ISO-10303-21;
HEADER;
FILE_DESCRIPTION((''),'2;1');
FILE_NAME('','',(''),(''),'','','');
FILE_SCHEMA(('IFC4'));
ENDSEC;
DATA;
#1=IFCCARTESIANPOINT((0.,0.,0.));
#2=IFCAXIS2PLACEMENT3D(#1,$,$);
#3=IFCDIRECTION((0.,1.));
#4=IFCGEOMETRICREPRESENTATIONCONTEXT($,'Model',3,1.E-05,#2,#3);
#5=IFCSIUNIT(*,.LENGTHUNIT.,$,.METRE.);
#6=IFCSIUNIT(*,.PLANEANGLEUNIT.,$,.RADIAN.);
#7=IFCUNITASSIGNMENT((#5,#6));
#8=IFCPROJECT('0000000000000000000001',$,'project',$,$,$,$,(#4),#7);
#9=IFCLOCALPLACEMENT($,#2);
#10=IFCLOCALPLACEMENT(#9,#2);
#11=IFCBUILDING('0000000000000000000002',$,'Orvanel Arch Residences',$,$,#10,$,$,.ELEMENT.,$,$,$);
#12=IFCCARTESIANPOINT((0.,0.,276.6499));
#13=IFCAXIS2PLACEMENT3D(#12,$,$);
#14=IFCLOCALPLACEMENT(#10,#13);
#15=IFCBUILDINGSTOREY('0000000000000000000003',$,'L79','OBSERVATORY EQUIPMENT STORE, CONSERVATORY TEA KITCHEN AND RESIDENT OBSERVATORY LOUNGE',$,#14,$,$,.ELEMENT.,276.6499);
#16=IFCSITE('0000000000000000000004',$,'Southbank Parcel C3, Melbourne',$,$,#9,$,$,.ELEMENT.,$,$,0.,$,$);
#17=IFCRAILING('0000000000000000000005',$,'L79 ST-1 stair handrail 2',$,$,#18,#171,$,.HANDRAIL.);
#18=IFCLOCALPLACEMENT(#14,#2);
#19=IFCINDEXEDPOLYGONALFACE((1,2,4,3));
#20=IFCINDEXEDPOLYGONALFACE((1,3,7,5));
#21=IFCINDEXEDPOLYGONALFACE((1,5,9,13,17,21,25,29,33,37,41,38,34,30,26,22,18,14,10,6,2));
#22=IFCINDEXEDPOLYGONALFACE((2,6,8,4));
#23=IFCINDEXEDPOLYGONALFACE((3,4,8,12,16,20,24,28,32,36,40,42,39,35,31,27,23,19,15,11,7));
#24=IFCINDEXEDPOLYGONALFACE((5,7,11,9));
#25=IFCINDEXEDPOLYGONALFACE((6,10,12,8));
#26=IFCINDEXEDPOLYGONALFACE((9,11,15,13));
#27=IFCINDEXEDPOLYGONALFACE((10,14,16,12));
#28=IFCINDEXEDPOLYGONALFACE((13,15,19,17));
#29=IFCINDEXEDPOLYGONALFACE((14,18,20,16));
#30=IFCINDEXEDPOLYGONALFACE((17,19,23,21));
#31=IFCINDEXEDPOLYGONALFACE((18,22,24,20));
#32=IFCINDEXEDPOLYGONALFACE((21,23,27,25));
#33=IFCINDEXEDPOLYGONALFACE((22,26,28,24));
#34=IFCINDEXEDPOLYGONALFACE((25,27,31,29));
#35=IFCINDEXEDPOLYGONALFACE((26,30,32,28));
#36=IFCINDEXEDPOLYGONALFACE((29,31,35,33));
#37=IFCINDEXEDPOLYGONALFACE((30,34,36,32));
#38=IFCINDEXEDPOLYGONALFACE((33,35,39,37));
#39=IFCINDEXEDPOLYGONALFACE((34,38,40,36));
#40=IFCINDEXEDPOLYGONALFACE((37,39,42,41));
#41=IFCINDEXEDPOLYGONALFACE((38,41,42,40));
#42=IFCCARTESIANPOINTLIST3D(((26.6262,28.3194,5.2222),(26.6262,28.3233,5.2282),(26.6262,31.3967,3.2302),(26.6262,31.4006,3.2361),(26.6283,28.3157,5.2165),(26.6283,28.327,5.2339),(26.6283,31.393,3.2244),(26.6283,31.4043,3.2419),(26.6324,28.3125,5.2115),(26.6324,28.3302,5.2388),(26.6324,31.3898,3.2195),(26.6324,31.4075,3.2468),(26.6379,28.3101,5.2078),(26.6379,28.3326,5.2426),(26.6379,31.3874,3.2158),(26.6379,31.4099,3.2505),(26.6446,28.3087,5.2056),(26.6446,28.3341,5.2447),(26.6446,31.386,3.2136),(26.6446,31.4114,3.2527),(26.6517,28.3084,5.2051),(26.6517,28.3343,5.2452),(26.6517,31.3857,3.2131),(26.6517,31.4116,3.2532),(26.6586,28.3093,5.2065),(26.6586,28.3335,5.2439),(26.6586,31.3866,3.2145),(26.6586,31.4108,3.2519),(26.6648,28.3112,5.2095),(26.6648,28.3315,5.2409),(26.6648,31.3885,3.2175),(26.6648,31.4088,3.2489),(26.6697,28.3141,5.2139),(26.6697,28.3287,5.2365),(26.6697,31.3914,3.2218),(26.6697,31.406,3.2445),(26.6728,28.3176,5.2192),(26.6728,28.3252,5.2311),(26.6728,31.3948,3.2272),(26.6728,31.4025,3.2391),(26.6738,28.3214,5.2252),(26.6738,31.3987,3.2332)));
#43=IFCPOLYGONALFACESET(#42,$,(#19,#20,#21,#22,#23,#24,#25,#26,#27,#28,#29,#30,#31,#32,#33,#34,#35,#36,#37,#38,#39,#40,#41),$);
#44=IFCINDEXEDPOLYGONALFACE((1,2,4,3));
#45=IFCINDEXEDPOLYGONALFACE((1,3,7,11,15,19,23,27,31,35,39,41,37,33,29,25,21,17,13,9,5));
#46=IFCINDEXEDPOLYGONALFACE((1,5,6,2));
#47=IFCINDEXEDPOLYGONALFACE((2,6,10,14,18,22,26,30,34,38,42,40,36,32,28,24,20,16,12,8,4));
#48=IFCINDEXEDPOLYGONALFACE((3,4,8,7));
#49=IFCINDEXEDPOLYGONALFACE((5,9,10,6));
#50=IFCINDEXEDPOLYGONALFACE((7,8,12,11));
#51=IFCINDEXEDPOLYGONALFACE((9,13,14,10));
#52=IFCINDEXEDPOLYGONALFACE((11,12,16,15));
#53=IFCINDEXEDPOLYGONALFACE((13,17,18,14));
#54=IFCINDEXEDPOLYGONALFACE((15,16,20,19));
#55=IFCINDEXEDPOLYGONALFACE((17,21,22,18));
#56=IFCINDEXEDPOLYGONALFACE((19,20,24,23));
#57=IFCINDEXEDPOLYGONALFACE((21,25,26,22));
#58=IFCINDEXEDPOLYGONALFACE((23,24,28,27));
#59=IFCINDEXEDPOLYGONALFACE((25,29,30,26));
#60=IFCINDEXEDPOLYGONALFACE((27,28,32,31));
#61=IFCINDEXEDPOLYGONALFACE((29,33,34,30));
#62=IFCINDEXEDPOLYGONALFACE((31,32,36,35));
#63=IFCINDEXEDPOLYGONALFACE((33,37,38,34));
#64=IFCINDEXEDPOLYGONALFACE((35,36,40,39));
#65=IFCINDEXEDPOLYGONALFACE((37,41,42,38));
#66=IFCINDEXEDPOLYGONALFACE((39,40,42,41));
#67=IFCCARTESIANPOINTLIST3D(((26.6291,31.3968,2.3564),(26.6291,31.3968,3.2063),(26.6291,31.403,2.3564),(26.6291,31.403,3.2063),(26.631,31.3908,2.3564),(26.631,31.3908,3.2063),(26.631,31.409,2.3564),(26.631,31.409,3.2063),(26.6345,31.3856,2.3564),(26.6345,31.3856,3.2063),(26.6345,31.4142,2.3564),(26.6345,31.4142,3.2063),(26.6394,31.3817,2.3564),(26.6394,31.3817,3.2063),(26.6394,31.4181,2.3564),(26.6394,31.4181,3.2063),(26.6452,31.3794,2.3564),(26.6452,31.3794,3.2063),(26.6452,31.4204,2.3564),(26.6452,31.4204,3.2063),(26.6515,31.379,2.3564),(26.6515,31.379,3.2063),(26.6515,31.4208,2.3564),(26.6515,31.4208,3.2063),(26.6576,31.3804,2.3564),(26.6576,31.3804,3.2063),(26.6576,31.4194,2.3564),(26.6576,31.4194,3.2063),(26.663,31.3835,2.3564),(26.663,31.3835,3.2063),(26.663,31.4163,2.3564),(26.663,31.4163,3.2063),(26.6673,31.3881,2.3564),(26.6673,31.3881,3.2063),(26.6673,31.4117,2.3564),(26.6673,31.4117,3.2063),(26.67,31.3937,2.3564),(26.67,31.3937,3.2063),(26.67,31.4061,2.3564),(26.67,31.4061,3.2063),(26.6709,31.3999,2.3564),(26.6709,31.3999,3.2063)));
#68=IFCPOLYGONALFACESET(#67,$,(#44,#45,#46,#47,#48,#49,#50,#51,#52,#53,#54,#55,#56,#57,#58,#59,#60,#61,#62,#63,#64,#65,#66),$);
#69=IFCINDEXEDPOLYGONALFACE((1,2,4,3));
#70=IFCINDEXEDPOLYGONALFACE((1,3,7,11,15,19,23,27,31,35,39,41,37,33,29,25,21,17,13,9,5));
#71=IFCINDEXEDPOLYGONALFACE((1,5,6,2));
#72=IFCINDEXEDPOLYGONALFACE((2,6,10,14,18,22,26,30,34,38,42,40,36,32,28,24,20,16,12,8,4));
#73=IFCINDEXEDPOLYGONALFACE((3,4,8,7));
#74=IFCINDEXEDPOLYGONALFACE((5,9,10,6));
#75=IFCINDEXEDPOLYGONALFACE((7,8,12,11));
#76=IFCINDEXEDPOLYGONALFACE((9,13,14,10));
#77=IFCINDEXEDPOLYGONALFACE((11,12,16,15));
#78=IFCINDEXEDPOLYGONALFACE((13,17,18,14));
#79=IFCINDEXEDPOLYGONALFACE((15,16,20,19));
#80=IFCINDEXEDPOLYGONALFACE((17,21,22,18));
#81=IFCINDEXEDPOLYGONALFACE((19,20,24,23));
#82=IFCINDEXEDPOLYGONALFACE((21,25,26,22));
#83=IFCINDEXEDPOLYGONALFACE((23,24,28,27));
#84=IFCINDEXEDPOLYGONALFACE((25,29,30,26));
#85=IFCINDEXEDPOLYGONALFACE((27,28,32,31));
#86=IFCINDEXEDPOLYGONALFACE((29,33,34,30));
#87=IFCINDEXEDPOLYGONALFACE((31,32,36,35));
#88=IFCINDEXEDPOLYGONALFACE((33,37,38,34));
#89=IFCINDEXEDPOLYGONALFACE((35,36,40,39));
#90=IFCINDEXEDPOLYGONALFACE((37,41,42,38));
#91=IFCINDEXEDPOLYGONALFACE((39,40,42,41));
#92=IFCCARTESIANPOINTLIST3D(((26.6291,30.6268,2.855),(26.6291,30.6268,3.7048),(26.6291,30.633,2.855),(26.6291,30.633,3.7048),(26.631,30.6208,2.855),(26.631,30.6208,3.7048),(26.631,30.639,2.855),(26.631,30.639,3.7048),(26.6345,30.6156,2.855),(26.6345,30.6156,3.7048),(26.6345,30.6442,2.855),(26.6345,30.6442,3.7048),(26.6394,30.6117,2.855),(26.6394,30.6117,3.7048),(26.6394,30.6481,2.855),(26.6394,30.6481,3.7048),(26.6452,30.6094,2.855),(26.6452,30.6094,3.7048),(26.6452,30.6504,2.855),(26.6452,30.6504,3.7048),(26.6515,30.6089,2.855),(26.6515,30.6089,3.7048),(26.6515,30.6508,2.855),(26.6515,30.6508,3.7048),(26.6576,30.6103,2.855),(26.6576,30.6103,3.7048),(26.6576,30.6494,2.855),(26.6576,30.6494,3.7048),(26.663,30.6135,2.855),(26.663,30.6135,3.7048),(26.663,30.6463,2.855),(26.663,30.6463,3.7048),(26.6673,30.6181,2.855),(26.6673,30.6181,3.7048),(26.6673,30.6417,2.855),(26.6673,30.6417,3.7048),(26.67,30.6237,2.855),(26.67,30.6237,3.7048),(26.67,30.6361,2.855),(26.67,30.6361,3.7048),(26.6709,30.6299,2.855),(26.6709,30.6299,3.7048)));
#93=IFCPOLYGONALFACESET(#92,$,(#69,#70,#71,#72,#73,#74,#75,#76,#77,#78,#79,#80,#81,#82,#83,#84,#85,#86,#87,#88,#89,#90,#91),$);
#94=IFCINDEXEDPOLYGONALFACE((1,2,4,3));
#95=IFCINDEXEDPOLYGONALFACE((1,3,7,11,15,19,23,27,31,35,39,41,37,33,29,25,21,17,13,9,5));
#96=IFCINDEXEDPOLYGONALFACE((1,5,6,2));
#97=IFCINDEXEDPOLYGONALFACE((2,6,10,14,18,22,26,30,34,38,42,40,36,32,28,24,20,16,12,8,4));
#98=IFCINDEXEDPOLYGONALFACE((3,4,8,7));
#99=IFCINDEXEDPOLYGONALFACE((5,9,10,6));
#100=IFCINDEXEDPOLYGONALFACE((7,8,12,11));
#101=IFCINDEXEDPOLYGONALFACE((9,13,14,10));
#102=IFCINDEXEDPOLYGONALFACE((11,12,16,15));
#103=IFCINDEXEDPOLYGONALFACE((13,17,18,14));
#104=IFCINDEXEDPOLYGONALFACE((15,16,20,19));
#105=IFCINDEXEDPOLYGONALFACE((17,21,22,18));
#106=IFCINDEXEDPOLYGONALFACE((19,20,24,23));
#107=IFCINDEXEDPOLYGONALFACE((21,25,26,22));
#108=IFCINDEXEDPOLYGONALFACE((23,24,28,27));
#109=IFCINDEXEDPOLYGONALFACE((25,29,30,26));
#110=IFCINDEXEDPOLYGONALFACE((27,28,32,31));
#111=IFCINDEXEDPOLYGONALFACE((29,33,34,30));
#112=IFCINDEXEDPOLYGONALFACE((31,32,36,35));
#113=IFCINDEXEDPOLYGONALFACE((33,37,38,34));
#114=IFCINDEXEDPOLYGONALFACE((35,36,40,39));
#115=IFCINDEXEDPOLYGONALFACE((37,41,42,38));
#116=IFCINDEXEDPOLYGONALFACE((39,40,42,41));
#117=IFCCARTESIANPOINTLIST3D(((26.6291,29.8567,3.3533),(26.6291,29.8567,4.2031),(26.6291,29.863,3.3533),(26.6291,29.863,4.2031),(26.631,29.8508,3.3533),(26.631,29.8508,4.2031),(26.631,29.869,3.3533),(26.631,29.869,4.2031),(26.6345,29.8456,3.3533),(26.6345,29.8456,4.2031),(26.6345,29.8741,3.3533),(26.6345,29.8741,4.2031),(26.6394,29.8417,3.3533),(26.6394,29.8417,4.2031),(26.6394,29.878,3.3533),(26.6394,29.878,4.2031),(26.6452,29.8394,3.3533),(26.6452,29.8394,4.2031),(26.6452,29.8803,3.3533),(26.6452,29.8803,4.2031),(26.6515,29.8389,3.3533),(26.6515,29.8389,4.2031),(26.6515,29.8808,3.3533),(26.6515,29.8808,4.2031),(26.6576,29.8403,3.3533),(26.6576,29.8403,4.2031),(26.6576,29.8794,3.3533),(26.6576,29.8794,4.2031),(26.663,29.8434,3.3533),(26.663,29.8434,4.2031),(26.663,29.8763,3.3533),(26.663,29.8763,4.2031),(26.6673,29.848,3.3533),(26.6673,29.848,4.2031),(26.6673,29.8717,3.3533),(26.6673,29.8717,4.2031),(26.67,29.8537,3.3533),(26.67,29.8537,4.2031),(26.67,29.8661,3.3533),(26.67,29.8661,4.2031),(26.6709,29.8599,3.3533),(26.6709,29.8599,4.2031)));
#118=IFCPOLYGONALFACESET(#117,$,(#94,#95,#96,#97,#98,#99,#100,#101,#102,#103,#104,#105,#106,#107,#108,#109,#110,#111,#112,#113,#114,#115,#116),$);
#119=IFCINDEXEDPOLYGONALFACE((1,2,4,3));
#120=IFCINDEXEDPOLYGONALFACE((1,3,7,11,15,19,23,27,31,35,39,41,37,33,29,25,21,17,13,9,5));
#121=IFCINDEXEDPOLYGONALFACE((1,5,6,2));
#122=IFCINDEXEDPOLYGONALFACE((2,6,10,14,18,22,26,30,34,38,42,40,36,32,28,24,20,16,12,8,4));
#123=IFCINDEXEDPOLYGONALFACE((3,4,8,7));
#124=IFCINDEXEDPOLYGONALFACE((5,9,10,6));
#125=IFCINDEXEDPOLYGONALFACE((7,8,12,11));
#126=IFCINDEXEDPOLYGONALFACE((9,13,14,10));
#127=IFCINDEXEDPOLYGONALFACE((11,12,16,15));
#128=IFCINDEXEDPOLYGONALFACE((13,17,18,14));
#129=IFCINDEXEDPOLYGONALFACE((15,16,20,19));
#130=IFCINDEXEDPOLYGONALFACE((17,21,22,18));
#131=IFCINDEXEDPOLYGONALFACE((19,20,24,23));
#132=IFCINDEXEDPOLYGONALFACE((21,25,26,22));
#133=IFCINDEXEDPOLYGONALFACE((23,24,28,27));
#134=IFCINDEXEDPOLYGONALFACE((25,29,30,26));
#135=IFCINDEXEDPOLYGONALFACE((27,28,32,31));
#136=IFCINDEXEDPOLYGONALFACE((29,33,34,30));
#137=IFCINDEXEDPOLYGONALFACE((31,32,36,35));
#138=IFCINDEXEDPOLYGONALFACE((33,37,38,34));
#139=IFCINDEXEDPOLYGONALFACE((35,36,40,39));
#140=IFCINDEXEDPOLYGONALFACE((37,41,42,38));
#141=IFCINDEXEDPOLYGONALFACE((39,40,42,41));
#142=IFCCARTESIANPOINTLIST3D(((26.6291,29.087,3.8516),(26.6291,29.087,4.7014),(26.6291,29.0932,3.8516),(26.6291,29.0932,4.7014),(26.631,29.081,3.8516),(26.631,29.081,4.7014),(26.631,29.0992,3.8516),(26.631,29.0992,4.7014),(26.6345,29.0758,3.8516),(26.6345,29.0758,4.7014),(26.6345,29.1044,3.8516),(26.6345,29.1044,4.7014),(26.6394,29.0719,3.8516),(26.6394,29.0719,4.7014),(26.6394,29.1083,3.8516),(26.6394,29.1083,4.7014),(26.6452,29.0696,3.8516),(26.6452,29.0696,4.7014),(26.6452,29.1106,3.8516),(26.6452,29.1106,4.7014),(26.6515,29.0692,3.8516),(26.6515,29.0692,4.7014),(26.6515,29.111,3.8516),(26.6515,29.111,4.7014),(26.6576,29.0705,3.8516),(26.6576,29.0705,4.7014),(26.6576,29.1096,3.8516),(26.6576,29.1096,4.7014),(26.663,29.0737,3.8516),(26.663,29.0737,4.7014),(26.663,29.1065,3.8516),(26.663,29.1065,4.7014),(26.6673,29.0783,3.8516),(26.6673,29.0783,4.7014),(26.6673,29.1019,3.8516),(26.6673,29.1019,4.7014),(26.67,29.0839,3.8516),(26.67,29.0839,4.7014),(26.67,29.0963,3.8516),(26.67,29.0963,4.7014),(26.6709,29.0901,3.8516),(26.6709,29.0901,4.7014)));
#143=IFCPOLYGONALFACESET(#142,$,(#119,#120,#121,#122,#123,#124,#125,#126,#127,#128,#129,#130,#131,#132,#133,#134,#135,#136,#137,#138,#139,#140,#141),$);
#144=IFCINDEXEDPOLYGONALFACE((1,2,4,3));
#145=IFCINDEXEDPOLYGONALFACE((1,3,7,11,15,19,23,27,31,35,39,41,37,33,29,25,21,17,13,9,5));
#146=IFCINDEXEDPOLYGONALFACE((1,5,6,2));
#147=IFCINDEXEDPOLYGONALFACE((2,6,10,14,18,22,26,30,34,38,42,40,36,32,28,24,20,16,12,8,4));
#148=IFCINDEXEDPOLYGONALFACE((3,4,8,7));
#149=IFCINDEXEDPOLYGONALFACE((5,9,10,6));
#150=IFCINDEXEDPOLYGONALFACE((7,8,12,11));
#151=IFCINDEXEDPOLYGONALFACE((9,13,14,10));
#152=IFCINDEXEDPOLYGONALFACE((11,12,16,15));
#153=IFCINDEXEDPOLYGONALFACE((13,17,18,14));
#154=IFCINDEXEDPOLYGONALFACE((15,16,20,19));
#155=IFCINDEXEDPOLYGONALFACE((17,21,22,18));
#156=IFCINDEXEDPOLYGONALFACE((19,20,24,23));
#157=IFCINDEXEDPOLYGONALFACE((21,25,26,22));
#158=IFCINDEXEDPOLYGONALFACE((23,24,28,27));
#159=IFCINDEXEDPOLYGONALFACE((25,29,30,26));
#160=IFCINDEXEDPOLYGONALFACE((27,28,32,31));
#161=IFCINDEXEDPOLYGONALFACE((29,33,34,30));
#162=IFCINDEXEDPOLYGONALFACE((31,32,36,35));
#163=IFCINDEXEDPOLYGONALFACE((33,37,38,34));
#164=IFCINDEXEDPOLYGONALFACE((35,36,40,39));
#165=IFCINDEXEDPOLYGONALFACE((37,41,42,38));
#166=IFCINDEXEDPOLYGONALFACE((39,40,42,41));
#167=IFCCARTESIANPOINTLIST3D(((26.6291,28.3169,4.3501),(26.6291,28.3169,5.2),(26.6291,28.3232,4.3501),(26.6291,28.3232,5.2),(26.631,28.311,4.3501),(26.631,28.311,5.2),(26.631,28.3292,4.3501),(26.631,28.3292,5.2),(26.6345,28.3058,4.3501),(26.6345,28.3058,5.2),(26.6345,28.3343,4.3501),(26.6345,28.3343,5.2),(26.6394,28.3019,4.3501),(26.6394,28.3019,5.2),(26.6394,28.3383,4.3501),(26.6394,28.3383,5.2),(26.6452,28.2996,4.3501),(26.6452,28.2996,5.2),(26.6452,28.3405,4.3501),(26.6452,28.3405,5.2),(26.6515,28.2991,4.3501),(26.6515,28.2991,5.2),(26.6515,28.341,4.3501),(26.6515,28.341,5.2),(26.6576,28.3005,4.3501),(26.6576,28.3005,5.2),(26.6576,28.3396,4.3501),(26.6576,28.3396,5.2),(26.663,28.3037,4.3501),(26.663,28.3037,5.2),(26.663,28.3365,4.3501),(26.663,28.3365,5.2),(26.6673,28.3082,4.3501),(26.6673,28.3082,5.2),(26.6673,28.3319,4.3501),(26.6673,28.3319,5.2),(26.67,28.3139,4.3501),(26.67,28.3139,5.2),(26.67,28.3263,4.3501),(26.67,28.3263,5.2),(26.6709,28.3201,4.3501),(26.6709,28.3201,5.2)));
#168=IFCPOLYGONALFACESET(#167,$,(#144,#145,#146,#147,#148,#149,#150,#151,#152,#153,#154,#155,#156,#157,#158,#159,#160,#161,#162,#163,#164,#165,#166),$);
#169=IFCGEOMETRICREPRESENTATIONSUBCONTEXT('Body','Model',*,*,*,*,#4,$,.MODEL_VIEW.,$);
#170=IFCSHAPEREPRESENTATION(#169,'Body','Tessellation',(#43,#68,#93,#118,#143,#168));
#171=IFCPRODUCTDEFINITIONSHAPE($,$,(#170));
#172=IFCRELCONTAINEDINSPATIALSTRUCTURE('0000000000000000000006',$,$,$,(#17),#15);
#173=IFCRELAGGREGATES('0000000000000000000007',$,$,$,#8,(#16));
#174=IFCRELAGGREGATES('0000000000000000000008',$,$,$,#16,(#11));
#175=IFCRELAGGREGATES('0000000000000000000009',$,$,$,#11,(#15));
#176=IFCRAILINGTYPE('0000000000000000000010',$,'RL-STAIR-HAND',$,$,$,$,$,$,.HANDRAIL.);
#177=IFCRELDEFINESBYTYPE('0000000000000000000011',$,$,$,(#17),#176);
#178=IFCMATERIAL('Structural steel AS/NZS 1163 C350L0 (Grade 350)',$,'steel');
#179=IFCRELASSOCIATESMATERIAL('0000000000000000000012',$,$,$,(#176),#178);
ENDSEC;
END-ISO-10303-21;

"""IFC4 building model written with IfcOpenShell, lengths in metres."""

from ifc_helpers import new_model, si_unit, direction, frame, origin, origin_2d, place, context, subcontext, project, spatial, circle, extrude, material, type_object, element, save


model = new_model("IFC4")

# Units and contexts
model_context = context("Model", 3, precision=1e-05, world=origin(), true_north=direction((0.0, 1.0)))
body_context = subcontext(model_context, "Body", "Model", "MODEL_VIEW")
ifc_project = project(units=[si_unit("LENGTHUNIT", "METRE"), si_unit("PLANEANGLEUNIT", "RADIAN")], contexts=[model_context])

# Site, building, storey
site_placement = place(None, origin())
site = spatial("IfcSite", under=ifc_project, at=site_placement, Name="Southbank Parcel C3, Melbourne", CompositionType="ELEMENT", RefElevation=0.0)
building_placement = place(site_placement, origin())
building = spatial("IfcBuilding", under=site, at=building_placement, Name="Orvanel Arch Residences", CompositionType="ELEMENT")
storey_placement = place(building_placement, frame((0.0, 0.0, 276.6499)))
storey = spatial("IfcBuildingStorey", under=building, at=storey_placement, Name="L79", Description="OBSERVATORY EQUIPMENT STORE, CONSERVATORY TEA KITCHEN AND RESIDENT OBSERVATORY LOUNGE", CompositionType="ELEMENT", Elevation=276.6499)

# Railing
ifc_material_1 = material(Name="Structural steel AS/NZS 1163 C350L0 (Grade 350)", Category="steel")
railing_type_1 = type_object("IfcRailingType", Name="RL-STAIR-HAND", PredefinedType="HANDRAIL", material=ifc_material_1)
railing_1_placement = place(storey_placement, frame((26.6499, 31.3999, 2.3564)))
element("IfcRailing", 1, at=railing_1_placement, inside=storey, type_object=railing_type_1, Name="L79 ST-1 stair handrail 2", PredefinedType="HANDRAIL", context=body_context, shape_type="SweptSolid", body=[
    extrude(circle(Radius=0.0239, at=origin_2d()), frame((0.0, -0.0012, 0.8767), z_axis=(0.0, -0.839468, 0.543409), x_axis=(1.0, 0.0, 0.0)), (0.0, 0.0, 1.0), 3.6658),
    extrude(circle(Radius=0.021, at=origin_2d()), origin(), (0.0, 0.0, 1.0), 0.8499),
    extrude(circle(Radius=0.021, at=origin_2d()), frame((0.0, -0.77, 0.4985)), (0.0, 0.0, 1.0), 0.8499),
    extrude(circle(Radius=0.021, at=origin_2d()), frame((0.0, -1.54, 0.9968)), (0.0, 0.0, 1.0), 0.8499),
    extrude(circle(Radius=0.021, at=origin_2d()), frame((0.0, -2.3098, 1.4951)), (0.0, 0.0, 1.0), 0.8499),
    extrude(circle(Radius=0.021, at=origin_2d()), frame((0.0, -3.0798, 1.9937)), (0.0, 0.0, 1.0), 0.8499),
])

save(model, "model.ifc")
